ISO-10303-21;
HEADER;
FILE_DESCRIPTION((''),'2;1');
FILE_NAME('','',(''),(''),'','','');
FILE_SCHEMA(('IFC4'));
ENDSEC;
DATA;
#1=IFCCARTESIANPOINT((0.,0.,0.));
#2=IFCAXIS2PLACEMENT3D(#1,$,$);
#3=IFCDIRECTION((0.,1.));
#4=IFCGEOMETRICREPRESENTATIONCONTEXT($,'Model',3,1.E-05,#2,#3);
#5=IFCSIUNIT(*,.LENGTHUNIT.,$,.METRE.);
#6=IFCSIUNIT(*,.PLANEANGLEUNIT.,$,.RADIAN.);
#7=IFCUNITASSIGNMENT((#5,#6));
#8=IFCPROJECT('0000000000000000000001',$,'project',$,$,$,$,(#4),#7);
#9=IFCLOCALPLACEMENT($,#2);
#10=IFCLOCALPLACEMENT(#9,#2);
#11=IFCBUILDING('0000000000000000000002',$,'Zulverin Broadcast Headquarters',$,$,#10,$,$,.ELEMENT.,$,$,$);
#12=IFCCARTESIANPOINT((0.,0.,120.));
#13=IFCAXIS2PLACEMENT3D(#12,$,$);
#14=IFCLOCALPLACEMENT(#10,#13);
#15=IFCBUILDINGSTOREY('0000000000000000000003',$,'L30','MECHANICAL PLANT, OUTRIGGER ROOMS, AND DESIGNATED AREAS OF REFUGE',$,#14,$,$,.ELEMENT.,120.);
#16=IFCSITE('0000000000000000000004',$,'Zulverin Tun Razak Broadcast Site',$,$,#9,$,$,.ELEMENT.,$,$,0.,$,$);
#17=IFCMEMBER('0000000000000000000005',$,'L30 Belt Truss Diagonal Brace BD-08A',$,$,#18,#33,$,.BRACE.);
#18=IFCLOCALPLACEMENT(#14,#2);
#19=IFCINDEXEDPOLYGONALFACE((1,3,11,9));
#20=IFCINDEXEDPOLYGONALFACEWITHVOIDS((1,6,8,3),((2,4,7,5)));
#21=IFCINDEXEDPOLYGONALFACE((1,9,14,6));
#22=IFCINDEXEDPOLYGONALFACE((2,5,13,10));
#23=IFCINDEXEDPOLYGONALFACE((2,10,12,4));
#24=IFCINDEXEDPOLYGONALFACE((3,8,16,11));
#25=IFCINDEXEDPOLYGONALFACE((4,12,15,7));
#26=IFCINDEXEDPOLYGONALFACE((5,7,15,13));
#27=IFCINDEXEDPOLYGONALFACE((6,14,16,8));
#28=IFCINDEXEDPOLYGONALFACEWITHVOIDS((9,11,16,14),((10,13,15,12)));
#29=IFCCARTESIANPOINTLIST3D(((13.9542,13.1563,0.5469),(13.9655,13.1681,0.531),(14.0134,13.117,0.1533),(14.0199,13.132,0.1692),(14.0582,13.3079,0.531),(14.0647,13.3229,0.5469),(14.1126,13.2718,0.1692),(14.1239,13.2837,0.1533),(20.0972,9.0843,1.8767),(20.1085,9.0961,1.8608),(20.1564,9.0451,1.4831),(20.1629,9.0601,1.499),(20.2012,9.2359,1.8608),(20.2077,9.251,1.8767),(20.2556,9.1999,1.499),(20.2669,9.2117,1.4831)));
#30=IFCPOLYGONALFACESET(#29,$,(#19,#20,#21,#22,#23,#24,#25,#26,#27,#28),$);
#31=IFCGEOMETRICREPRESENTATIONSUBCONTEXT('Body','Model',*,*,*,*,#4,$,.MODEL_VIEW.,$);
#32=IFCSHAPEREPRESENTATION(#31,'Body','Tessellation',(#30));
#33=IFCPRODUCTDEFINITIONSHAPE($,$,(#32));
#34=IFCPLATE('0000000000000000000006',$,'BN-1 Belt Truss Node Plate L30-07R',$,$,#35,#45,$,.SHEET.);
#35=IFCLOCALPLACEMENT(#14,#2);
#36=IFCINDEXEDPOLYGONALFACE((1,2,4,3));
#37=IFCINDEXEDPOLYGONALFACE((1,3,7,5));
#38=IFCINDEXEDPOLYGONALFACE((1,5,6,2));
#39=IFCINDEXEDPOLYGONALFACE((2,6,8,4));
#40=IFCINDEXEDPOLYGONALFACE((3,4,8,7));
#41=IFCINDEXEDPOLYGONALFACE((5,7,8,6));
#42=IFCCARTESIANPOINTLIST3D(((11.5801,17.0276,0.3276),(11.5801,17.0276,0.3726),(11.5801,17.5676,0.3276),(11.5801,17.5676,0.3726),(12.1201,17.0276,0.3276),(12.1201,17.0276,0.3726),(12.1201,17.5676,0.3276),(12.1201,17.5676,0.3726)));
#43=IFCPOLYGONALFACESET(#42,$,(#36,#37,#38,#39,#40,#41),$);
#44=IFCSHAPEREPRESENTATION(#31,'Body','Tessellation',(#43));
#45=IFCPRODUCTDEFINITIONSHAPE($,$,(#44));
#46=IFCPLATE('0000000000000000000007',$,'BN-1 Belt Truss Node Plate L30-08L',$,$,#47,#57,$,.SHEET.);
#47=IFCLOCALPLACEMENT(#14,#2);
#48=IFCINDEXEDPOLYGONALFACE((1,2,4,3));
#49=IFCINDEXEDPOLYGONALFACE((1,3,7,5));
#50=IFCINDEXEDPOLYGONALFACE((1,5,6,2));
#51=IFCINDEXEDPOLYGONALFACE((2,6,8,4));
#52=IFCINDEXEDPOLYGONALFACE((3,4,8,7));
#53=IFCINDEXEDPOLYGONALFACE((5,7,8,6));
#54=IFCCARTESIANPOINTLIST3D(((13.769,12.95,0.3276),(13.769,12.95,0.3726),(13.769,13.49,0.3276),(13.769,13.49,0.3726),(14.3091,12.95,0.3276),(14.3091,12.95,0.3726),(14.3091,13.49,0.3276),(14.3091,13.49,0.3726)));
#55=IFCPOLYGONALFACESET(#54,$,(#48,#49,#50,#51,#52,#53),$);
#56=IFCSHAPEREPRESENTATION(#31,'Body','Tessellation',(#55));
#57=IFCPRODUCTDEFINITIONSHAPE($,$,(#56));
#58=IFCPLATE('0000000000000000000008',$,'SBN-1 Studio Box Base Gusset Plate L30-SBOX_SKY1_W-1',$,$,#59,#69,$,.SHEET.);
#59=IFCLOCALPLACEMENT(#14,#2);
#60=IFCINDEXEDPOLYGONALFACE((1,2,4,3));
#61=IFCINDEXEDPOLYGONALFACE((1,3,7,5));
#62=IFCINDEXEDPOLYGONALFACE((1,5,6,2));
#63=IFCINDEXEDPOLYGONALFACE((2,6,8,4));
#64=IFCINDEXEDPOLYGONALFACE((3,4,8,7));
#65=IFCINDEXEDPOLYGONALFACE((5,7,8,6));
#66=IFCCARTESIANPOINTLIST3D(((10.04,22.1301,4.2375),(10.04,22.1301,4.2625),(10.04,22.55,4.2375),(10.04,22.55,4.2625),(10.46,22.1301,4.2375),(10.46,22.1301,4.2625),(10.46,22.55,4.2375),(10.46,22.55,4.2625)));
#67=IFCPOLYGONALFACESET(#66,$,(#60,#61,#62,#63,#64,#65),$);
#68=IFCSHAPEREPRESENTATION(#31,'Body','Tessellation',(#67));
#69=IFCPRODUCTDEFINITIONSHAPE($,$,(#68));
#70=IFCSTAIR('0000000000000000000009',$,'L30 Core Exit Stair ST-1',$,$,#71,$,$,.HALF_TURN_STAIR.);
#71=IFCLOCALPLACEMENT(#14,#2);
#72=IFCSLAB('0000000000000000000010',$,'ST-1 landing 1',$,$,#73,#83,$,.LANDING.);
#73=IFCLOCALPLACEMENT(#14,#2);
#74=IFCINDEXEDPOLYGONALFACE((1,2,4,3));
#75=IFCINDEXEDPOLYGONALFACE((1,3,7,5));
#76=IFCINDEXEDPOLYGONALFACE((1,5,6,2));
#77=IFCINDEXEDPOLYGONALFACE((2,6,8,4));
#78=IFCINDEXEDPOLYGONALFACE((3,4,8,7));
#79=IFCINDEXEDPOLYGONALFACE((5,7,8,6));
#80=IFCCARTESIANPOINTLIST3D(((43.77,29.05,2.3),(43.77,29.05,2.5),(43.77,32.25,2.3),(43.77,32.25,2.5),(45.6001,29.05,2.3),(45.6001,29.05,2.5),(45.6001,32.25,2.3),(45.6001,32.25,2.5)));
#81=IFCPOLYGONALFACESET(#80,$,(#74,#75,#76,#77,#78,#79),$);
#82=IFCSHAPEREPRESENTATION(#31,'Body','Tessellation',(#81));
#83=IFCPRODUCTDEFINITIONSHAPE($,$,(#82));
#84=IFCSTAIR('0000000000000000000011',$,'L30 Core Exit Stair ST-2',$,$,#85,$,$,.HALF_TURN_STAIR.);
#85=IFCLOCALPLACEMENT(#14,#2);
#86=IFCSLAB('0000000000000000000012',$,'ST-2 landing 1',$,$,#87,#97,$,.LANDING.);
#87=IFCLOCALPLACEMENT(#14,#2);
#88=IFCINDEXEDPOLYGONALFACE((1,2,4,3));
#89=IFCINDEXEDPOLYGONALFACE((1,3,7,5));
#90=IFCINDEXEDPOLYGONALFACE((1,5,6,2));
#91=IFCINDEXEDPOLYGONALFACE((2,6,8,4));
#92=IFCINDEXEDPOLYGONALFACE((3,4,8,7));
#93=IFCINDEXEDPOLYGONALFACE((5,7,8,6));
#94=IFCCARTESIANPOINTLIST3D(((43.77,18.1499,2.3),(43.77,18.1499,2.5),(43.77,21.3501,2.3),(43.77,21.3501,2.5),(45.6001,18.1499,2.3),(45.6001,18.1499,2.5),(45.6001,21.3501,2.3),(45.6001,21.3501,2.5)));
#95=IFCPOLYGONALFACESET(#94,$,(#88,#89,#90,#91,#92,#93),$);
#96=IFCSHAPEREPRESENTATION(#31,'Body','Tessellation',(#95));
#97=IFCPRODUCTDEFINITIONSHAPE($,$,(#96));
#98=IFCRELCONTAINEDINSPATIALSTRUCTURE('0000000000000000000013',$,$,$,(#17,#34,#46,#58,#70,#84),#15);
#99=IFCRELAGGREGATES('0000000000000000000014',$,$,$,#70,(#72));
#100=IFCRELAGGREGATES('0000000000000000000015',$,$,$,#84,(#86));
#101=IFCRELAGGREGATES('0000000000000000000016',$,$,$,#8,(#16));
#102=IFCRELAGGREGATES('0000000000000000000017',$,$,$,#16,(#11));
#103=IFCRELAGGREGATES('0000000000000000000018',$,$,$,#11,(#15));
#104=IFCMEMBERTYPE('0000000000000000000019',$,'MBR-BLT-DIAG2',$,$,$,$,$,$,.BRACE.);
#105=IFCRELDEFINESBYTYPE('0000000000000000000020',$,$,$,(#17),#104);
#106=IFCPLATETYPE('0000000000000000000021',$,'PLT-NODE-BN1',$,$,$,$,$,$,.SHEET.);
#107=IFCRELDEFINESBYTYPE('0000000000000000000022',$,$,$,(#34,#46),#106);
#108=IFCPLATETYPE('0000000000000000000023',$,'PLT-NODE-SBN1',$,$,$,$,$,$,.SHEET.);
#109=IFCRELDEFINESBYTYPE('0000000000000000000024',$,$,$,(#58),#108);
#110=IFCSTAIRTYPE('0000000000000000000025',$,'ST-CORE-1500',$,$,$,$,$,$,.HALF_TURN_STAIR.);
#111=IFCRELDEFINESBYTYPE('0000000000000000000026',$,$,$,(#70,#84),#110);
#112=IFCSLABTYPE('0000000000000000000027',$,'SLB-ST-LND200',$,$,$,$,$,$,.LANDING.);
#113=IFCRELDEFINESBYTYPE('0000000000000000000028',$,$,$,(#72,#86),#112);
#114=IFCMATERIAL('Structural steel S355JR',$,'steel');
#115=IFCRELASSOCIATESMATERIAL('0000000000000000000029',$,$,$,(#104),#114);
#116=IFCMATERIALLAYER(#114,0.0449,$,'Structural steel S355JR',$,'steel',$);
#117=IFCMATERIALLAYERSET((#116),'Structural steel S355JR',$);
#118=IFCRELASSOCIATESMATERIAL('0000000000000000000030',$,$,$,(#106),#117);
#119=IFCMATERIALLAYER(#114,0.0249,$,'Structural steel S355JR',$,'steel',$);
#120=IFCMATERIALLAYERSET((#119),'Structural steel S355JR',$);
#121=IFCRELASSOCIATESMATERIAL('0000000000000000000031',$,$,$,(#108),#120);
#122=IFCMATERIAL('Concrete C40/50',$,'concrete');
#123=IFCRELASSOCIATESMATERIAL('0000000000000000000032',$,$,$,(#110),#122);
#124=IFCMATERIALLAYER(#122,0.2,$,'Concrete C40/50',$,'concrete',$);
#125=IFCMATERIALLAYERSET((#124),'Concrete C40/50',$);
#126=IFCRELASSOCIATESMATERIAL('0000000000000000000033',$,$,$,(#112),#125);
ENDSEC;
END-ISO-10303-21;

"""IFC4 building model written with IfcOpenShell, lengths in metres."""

from ifc_helpers import new_model, si_unit, direction, frame, origin, origin_2d, place, context, subcontext, project, spatial, polyline, rectangle, hollow_rectangle, outline, extrude, material, layer, layer_set, material_profile, profile_set, type_object, element, aggregate, save


model = new_model("IFC4")

# Units and contexts
model_context = context("Model", 3, precision=1e-05, world=origin(), true_north=direction((0.0, 1.0)))
body_context = subcontext(model_context, "Body", "Model", "MODEL_VIEW")
ifc_project = project(units=[si_unit("LENGTHUNIT", "METRE"), si_unit("PLANEANGLEUNIT", "RADIAN")], contexts=[model_context])

# Site, building, storey
site_placement = place(None, origin())
site = spatial("IfcSite", under=ifc_project, at=site_placement, Name="Zulverin Tun Razak Broadcast Site", CompositionType="ELEMENT", RefElevation=0.0)
building_placement = place(site_placement, origin())
building = spatial("IfcBuilding", under=site, at=building_placement, Name="Zulverin Broadcast Headquarters", CompositionType="ELEMENT")
storey_placement = place(building_placement, frame((0.0, 0.0, 120.0)))
storey = spatial("IfcBuildingStorey", under=building, at=storey_placement, Name="L30", Description="MECHANICAL PLANT, OUTRIGGER ROOMS, AND DESIGNATED AREAS OF REFUGE", CompositionType="ELEMENT", Elevation=120.0)

# Shared definitions
ifc_material_1 = material(Name="Structural steel S355JR", Category="steel")

# Member
ifc_material_profile_1 = material_profile(ifc_material_1, hollow_rectangle(XDim=0.2, YDim=0.3999, WallThickness=0.0161, at=origin_2d()), Name="Structural steel S355JR", Category="steel")
ifc_profile_set_1 = profile_set([ifc_material_profile_1], Name="Structural steel S355JR")
member_type_1 = type_object("IfcMemberType", Name="MBR-BLT-DIAG2", PredefinedType="BRACE", material=ifc_profile_set_1)
member_1_placement = place(storey_placement, frame((14.0391, 13.22, 0.3501), z_axis=(0.820264, -0.543724, 0.177569), x_axis=(0.552504, 0.83351, 0.0)))
element("IfcMember", 1, at=member_1_placement, inside=storey, type_object=member_type_1, Name="L30 Belt Truss Diagonal Brace BD-08A", PredefinedType="BRACE", context=body_context, shape_type="SweptSolid", body=[
    extrude(hollow_rectangle(XDim=0.2, YDim=0.3999, WallThickness=0.0161, at=origin_2d()), origin(), (0.0, 0.0, 1.0), 7.489),
])

# Plates
ifc_layer_1 = layer(ifc_material_1, 0.0449, Name="Structural steel S355JR", Category="steel")
ifc_layer_set_1 = layer_set([ifc_layer_1], Name="Structural steel S355JR")
plate_type_1 = type_object("IfcPlateType", Name="PLT-NODE-BN1", PredefinedType="SHEET", material=ifc_layer_set_1)
for number, where, z_axis, x_axis, name in (
    (2, (11.8501, 17.2976, 0.3276), (0.0, 0.0, 1.0), (1.0, 0.0, 0.0), "BN-1 Belt Truss Node Plate L30-07R"),
    (3, (14.0391, 13.22, 0.3276), (0.0, 0.0, 1.0), (1.0, 0.0, 0.0), "BN-1 Belt Truss Node Plate L30-08L"),
):
    element("IfcPlate", number, at=place(storey_placement, frame(where, z_axis=z_axis, x_axis=x_axis)), inside=storey, type_object=plate_type_1, Name=name, PredefinedType="SHEET", context=body_context, shape_type="SweptSolid", body=[
        extrude(rectangle(XDim=0.54, YDim=0.54, at=origin_2d()), origin(), (0.0, 0.0, 1.0), 0.0449),
    ])
ifc_layer_2 = layer(ifc_material_1, 0.0249, Name="Structural steel S355JR", Category="steel")
ifc_layer_set_2 = layer_set([ifc_layer_2], Name="Structural steel S355JR")
plate_type_2 = type_object("IfcPlateType", Name="PLT-NODE-SBN1", PredefinedType="SHEET", material=ifc_layer_set_2)
plate_placement = place(storey_placement, frame((10.25, 22.3401, 4.2375), z_axis=(0.0, 0.0, 1.0), x_axis=(1.0, 0.0, 0.0)))
element("IfcPlate", 4, at=plate_placement, inside=storey, type_object=plate_type_2, Name="SBN-1 Studio Box Base Gusset Plate L30-SBOX_SKY1_W-1", PredefinedType="SHEET", context=body_context, shape_type="SweptSolid", body=[
    extrude(rectangle(XDim=0.4199, YDim=0.4199, at=origin_2d()), origin(), (0.0, 0.0, 1.0), 0.0249),
])

# Stairs, slabs
ifc_material_2 = material(Name="Concrete C40/50", Category="concrete")
stair_type = type_object("IfcStairType", Name="ST-CORE-1500", PredefinedType="HALF_TURN_STAIR", material=ifc_material_2)
stair_1_placement = place(storey_placement, origin())
stair_1 = element("IfcStair", 5, at=stair_1_placement, inside=storey, type_object=stair_type, Name="L30 Core Exit Stair ST-1", PredefinedType="HALF_TURN_STAIR")
ifc_layer_3 = layer(ifc_material_2, 0.2, Name="Concrete C40/50", Category="concrete")
ifc_layer_set_3 = layer_set([ifc_layer_3], Name="Concrete C40/50")
slab_type_1 = type_object("IfcSlabType", Name="SLB-ST-LND200", PredefinedType="LANDING", material=ifc_layer_set_3)
slab_1_placement = place(storey_placement, frame((0.0, 0.0, 2.3)))
slab_1 = element("IfcSlab", 6, at=slab_1_placement, type_object=slab_type_1, Name="ST-1 landing 1", PredefinedType="LANDING", context=body_context, shape_type="SweptSolid", body=[
    extrude(outline(polyline([(43.77, 29.05), (45.6001, 29.05), (45.6001, 32.25), (43.77, 32.25), (43.77, 29.05)])), origin(), (0.0, 0.0, 1.0), 0.2),
])
aggregate(stair_1, [slab_1])
stair_2_placement = place(storey_placement, origin())
stair_2 = element("IfcStair", 7, at=stair_2_placement, inside=storey, type_object=stair_type, Name="L30 Core Exit Stair ST-2", PredefinedType="HALF_TURN_STAIR")
slab_2_placement = place(storey_placement, frame((0.0, 0.0, 2.3)))
slab_2 = element("IfcSlab", 8, at=slab_2_placement, type_object=slab_type_1, Name="ST-2 landing 1", PredefinedType="LANDING", context=body_context, shape_type="SweptSolid", body=[
    extrude(outline(polyline([(43.77, 18.1499), (45.6001, 18.1499), (45.6001, 21.3501), (43.77, 21.3501), (43.77, 18.1499)])), origin(), (0.0, 0.0, 1.0), 0.2),
])
aggregate(stair_2, [slab_2])

save(model, "model.ifc")
